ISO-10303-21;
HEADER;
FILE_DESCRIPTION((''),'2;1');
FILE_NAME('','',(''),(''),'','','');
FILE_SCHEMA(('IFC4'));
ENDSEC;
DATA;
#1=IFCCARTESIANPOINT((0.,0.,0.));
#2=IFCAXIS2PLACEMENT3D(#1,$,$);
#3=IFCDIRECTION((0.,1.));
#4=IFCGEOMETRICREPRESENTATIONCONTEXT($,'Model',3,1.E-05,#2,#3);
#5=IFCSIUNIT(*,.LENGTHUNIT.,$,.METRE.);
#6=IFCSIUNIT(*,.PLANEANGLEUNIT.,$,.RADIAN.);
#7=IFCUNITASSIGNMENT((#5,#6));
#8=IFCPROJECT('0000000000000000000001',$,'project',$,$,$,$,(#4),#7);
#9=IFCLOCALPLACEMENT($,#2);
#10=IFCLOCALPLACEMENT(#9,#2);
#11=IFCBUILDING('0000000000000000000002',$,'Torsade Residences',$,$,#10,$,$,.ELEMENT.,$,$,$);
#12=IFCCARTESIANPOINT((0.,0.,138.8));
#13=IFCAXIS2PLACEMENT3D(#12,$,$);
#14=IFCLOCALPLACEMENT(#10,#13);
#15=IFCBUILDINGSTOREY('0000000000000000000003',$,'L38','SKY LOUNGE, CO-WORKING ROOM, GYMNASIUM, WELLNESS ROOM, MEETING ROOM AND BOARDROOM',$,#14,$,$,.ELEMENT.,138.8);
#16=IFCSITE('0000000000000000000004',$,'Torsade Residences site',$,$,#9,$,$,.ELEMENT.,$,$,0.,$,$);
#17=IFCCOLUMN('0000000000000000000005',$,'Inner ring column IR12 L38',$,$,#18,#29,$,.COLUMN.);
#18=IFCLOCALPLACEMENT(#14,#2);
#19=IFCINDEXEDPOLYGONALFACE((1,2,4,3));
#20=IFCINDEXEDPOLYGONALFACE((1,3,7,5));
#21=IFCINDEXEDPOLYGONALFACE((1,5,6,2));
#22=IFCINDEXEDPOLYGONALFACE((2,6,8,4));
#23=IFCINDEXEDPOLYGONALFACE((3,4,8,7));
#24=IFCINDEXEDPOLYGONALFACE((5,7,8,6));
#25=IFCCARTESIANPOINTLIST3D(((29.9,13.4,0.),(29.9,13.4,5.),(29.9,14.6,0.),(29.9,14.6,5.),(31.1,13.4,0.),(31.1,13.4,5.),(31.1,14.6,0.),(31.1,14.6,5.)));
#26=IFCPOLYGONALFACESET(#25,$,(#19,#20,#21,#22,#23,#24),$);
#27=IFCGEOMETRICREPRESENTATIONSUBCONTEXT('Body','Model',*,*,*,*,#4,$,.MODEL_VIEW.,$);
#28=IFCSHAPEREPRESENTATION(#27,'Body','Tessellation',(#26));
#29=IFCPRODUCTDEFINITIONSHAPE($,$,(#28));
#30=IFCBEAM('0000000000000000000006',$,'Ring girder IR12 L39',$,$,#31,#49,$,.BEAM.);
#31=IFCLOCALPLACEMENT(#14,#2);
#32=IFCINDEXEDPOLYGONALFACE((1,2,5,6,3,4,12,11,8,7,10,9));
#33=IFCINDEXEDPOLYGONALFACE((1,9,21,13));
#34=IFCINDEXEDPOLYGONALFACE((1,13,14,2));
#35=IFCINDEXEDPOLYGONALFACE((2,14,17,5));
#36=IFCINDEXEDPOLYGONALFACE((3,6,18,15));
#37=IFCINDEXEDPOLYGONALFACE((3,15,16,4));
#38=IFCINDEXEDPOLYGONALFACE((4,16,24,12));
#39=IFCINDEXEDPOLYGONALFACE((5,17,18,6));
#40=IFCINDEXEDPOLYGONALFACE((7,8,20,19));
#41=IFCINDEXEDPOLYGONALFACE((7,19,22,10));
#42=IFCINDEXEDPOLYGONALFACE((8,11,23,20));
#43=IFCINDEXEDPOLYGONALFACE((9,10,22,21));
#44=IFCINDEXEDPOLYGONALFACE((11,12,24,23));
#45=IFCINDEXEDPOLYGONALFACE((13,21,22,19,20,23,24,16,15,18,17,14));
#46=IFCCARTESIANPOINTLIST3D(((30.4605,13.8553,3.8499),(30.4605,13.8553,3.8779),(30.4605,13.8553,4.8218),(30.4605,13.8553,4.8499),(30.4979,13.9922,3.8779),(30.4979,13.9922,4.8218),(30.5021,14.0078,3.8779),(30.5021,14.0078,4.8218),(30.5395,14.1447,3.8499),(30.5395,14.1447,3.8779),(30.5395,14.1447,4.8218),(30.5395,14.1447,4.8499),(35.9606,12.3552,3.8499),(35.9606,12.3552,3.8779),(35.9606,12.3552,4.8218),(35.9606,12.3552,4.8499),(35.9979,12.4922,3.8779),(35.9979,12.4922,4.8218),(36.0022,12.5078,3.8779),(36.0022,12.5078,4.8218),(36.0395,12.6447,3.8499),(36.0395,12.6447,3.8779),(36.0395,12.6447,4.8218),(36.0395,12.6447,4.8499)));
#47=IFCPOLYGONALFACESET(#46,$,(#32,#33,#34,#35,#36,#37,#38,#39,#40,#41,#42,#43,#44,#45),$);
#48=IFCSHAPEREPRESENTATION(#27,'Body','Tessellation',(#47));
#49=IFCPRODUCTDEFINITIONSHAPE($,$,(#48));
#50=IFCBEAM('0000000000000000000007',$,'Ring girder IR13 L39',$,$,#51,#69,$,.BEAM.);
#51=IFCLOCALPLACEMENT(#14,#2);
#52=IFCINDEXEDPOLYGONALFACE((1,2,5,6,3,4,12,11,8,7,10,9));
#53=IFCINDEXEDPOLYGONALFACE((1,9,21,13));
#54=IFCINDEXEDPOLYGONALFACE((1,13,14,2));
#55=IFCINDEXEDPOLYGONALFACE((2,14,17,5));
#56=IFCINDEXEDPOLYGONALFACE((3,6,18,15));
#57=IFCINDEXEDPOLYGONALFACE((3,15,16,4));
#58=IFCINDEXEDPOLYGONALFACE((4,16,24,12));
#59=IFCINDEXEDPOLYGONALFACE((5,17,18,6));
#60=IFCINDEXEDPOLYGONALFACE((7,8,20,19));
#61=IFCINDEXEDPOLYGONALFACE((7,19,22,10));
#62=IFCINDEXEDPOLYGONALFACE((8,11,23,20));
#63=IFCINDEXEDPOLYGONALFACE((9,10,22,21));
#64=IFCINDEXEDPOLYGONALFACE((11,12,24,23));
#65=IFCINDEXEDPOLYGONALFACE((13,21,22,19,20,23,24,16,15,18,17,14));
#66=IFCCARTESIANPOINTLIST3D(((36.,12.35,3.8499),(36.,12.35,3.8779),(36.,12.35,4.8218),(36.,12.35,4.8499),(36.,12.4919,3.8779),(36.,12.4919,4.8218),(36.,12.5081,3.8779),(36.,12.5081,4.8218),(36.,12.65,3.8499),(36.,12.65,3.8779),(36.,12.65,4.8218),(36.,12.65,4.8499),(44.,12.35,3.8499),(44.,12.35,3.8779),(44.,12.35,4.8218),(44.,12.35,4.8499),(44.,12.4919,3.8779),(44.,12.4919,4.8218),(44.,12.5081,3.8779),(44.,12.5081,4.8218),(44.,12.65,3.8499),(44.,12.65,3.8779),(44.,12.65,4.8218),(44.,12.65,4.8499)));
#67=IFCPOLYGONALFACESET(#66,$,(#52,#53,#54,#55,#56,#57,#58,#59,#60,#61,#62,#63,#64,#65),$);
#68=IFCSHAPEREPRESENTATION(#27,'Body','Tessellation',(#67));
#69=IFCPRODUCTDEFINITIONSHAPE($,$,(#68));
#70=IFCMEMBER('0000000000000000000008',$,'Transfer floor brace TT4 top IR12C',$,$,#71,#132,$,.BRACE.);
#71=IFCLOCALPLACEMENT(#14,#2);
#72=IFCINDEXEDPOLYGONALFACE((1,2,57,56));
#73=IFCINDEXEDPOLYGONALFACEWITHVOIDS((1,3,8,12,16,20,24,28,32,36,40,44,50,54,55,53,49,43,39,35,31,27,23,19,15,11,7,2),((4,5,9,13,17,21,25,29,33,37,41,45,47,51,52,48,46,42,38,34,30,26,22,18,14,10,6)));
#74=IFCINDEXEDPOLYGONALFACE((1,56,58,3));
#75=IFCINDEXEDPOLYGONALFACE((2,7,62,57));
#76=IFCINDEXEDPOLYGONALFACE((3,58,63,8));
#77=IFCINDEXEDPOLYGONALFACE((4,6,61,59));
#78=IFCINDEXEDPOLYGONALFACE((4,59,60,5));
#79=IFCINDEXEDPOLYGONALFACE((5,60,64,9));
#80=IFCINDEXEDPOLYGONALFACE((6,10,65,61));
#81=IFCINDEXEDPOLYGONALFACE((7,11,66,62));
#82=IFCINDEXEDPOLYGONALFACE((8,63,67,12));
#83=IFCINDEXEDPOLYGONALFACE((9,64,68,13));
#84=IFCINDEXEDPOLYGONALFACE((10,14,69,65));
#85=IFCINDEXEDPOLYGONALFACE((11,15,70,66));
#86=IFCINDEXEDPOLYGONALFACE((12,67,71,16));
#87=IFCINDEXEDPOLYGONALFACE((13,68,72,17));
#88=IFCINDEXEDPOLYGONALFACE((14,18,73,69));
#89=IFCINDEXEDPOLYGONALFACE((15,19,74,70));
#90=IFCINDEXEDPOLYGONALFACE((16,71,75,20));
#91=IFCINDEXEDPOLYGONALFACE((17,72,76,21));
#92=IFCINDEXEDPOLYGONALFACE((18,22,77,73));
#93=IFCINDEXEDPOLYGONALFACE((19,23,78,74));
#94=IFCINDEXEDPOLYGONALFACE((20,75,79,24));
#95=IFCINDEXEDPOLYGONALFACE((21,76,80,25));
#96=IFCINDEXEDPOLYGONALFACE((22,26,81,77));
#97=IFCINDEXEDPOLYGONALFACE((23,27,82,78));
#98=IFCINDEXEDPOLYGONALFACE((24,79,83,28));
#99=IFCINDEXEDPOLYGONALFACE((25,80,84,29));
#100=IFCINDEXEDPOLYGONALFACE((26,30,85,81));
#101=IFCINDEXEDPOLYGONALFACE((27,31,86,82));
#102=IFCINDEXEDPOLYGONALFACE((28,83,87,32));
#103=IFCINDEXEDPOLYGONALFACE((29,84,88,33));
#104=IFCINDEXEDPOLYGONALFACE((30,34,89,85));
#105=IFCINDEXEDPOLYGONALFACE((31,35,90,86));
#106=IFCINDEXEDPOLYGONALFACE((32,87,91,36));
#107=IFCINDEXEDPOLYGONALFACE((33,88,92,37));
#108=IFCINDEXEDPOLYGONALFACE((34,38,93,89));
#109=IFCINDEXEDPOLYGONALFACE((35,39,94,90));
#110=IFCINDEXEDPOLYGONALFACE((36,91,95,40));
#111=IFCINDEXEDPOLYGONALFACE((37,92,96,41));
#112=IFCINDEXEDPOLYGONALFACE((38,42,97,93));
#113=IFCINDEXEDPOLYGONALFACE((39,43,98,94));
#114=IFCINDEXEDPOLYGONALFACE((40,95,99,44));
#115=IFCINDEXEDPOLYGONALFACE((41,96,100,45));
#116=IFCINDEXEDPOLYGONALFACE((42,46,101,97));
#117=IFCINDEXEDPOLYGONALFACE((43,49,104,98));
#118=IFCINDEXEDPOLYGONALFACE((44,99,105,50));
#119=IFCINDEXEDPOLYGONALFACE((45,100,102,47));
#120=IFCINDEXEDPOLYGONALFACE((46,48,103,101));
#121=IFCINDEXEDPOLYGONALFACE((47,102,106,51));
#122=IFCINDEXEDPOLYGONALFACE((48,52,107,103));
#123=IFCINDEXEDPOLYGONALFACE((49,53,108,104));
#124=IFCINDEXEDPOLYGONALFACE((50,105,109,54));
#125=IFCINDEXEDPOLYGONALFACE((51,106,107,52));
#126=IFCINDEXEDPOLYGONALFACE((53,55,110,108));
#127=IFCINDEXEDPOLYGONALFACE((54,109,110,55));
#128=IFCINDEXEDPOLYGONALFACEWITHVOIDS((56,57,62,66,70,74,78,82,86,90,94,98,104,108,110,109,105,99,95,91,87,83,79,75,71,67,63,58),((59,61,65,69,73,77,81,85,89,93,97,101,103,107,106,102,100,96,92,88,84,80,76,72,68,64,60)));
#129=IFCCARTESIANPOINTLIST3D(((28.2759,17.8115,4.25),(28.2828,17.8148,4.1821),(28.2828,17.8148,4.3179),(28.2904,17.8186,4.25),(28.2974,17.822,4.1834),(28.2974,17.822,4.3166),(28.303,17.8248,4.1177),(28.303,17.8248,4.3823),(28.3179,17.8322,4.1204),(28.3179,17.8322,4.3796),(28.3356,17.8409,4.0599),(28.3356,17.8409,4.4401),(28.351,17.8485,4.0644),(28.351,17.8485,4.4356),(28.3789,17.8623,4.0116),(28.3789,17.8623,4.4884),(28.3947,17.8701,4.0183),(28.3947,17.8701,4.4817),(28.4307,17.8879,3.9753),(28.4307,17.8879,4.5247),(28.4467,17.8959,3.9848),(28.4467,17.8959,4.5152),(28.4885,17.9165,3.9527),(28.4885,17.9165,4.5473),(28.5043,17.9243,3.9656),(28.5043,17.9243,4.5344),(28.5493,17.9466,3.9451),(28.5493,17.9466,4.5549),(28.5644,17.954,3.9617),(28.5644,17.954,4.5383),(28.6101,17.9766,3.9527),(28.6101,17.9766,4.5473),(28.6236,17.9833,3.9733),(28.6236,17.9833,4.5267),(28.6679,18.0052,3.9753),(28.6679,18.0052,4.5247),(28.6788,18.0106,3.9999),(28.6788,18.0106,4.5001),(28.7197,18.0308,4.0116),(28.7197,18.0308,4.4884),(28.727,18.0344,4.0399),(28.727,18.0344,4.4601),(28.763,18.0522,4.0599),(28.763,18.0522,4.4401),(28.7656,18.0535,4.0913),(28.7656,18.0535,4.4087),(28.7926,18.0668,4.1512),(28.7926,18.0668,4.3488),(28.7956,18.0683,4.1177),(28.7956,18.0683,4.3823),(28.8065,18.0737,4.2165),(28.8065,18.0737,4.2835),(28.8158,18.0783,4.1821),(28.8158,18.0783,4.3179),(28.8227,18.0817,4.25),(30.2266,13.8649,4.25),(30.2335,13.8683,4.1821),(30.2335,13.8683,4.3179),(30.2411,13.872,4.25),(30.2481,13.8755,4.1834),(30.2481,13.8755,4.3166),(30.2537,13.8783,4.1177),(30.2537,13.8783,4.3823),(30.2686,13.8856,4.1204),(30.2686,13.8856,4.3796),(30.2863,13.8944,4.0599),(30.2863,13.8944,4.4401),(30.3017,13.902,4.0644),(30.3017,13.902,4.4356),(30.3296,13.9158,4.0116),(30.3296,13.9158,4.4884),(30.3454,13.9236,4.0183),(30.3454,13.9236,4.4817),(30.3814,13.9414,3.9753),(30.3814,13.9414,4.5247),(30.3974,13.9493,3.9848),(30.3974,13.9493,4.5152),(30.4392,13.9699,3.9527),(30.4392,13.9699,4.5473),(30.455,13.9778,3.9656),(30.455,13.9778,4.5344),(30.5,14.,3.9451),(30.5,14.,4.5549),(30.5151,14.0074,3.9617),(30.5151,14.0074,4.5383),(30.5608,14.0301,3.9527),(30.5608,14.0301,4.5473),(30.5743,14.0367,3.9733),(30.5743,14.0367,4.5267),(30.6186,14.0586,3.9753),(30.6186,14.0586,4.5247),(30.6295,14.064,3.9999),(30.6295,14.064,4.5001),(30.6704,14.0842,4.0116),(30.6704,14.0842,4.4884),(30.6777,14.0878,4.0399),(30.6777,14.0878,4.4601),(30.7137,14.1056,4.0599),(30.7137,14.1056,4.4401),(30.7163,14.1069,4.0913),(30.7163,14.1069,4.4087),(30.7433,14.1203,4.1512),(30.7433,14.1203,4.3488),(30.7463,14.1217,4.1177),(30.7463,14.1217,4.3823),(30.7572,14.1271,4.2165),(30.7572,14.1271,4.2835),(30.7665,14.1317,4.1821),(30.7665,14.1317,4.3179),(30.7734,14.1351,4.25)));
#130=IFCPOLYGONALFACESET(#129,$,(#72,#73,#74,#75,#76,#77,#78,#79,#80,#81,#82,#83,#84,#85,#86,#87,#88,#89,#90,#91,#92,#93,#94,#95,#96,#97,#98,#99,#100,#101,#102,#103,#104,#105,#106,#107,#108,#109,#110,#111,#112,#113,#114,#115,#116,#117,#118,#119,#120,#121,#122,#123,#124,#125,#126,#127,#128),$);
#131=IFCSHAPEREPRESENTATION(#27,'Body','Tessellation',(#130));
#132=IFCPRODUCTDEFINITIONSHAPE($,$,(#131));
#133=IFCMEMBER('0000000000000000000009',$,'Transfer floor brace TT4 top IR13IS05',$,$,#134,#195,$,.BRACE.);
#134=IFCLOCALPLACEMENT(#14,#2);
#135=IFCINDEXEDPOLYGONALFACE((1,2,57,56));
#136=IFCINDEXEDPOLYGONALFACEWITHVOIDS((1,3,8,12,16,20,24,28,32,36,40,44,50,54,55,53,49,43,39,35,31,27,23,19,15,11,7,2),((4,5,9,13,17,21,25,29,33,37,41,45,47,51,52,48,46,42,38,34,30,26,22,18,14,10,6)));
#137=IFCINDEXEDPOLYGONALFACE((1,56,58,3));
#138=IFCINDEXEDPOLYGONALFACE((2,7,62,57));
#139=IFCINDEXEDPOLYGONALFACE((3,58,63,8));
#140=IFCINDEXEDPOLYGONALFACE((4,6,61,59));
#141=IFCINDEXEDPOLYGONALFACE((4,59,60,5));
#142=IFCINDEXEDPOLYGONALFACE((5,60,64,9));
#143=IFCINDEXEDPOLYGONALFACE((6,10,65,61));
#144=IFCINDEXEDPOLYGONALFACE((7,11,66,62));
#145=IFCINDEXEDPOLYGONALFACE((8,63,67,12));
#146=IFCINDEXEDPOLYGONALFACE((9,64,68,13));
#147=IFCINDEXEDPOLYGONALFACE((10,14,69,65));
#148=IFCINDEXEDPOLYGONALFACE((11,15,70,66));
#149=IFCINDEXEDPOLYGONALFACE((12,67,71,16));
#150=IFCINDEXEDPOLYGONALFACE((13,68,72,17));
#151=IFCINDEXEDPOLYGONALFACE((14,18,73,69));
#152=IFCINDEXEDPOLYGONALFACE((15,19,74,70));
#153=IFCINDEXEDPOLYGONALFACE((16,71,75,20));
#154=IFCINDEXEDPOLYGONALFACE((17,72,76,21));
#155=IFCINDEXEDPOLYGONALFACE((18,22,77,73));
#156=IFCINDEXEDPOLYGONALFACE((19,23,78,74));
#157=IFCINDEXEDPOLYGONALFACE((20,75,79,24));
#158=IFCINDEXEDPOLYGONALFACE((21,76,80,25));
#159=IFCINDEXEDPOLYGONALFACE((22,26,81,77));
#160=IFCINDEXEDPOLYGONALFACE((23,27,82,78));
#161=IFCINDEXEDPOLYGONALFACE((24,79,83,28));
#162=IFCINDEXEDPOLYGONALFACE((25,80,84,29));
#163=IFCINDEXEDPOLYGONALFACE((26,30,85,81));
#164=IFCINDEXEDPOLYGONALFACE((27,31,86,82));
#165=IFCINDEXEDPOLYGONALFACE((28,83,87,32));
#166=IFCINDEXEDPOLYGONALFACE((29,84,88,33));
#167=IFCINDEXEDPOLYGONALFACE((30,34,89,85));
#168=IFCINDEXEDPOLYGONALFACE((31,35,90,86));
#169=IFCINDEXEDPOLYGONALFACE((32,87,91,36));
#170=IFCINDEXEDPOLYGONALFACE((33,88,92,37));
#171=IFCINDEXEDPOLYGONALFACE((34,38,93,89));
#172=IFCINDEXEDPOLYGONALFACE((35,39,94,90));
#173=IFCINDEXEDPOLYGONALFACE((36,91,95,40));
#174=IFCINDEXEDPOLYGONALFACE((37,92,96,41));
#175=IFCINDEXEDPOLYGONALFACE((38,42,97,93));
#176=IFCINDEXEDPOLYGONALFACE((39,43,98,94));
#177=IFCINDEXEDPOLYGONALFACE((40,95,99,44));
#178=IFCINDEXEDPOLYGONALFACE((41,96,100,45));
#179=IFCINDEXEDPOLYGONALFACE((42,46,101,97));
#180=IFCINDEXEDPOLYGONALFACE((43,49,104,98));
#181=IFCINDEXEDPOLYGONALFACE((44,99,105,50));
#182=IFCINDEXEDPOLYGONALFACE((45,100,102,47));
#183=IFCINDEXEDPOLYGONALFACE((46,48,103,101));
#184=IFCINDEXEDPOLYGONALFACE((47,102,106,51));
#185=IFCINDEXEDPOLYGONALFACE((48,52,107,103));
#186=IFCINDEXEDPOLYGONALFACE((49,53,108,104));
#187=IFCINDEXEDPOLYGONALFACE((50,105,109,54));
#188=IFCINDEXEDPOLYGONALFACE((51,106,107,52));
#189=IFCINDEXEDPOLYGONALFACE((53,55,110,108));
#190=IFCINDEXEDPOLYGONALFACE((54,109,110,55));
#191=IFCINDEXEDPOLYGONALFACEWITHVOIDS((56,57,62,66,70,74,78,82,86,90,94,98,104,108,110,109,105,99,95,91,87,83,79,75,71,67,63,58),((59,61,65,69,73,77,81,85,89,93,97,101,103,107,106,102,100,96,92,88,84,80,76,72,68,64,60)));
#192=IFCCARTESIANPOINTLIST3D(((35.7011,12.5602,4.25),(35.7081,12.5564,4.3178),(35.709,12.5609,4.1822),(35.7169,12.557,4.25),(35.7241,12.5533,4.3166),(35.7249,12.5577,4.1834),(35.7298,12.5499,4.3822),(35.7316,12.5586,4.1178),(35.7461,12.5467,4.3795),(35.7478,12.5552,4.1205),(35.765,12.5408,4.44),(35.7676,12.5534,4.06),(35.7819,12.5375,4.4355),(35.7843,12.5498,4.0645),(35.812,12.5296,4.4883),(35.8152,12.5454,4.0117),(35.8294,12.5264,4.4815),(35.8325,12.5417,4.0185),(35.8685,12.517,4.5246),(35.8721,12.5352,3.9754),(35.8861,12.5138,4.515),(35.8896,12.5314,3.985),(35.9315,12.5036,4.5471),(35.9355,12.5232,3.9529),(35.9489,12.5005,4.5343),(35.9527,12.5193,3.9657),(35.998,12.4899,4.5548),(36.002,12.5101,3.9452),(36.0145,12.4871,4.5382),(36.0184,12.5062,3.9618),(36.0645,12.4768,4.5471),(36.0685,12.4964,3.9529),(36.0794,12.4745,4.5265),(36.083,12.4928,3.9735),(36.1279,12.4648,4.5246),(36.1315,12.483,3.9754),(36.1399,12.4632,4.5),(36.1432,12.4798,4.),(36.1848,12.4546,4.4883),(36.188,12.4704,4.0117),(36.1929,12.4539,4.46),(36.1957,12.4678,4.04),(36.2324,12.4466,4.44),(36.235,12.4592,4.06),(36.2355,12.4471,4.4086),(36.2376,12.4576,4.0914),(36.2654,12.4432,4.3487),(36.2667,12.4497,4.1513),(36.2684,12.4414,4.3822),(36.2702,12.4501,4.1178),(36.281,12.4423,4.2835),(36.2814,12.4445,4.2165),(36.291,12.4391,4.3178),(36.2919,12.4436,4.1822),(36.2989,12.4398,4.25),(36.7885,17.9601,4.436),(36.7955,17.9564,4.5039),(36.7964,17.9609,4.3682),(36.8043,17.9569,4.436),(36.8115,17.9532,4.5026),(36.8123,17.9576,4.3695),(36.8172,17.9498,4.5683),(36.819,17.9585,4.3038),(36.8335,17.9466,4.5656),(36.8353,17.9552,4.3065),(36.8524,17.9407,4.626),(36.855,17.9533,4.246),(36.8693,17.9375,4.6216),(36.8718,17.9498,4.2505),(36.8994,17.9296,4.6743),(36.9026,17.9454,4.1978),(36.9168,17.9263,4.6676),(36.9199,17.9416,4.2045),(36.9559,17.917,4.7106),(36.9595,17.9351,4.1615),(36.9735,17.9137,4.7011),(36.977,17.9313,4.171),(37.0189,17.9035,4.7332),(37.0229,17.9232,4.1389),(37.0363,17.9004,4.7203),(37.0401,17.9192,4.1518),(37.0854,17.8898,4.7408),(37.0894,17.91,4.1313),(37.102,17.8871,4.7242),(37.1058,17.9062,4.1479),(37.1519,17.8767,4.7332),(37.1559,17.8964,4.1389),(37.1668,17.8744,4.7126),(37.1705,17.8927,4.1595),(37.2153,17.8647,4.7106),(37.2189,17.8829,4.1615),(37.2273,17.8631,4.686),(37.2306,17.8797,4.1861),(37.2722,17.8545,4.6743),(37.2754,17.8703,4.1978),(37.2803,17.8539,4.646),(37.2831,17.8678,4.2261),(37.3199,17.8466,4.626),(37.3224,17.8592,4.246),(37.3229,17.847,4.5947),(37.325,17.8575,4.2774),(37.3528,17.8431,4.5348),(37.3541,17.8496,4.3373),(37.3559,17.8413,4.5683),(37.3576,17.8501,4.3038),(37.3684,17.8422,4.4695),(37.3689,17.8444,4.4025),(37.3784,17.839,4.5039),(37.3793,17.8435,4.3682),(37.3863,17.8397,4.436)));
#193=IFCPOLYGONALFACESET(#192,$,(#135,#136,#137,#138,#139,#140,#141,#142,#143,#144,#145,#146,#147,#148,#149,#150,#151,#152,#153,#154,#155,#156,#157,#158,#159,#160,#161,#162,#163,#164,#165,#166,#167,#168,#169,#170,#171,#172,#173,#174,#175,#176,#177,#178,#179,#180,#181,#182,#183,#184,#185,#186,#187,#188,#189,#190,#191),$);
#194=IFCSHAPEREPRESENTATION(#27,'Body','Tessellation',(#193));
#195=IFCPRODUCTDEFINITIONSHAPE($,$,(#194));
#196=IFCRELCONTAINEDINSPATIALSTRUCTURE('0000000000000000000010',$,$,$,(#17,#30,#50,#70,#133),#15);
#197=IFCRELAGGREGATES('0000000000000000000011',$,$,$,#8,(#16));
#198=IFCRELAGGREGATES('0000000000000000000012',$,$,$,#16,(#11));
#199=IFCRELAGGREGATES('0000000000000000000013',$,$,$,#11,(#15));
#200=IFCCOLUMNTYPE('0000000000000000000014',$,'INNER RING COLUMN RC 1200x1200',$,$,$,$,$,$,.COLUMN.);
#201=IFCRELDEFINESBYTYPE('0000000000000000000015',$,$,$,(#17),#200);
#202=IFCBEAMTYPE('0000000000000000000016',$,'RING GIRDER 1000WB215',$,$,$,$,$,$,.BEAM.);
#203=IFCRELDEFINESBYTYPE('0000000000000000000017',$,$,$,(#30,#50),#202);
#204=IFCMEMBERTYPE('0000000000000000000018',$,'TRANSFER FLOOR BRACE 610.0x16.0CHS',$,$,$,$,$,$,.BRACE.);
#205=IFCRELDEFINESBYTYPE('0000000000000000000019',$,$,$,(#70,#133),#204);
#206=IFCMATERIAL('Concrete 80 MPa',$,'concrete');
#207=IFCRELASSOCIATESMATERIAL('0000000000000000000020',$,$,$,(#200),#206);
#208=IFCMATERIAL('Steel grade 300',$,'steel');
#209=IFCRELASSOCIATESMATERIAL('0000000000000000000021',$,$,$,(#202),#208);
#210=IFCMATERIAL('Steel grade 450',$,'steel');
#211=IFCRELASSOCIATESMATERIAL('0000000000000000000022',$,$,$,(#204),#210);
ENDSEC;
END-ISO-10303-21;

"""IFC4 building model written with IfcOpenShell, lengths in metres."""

from ifc_helpers import new_model, si_unit, direction, frame, origin, origin_2d, place, context, subcontext, project, spatial, rectangle, hollow_circle, i_section, extrude, material, material_profile, profile_set, type_object, element, save


model = new_model("IFC4")

# Units and contexts
model_context = context("Model", 3, precision=1e-05, world=origin(), true_north=direction((0.0, 1.0)))
body_context = subcontext(model_context, "Body", "Model", "MODEL_VIEW")
ifc_project = project(units=[si_unit("LENGTHUNIT", "METRE"), si_unit("PLANEANGLEUNIT", "RADIAN")], contexts=[model_context])

# Site, building, storey
site_placement = place(None, origin())
site = spatial("IfcSite", under=ifc_project, at=site_placement, Name="Torsade Residences site", CompositionType="ELEMENT", RefElevation=0.0)
building_placement = place(site_placement, origin())
building = spatial("IfcBuilding", under=site, at=building_placement, Name="Torsade Residences", CompositionType="ELEMENT")
storey_placement = place(building_placement, frame((0.0, 0.0, 138.8)))
storey = spatial("IfcBuildingStorey", under=building, at=storey_placement, Name="L38", Description="SKY LOUNGE, CO-WORKING ROOM, GYMNASIUM, WELLNESS ROOM, MEETING ROOM AND BOARDROOM", CompositionType="ELEMENT", Elevation=138.8)

# Column
ifc_material_1 = material(Name="Concrete 80 MPa", Category="concrete")
ifc_material_profile_1 = material_profile(ifc_material_1, rectangle(XDim=1.2, YDim=1.2, at=origin_2d()), Name="RC 1200x1200")
ifc_profile_set_1 = profile_set([ifc_material_profile_1], Name="Concrete 80 MPa")
column_type = type_object("IfcColumnType", Name="INNER RING COLUMN RC 1200x1200", PredefinedType="COLUMN", material=ifc_profile_set_1)
column_placement = place(storey_placement, frame((30.5, 14.0, 0.0), z_axis=(0.0, 0.0, 1.0), x_axis=(1.0, 0.0, 0.0)))
element("IfcColumn", 1, at=column_placement, inside=storey, type_object=column_type, Name="Inner ring column IR12 L38", PredefinedType="COLUMN", context=body_context, shape_type="SweptSolid", body=[
    extrude(rectangle(XDim=1.2, YDim=1.2, at=origin_2d()), origin(), (0.0, 0.0, 1.0), 5.0),
])

# Beams
ifc_material_2 = material(Name="Steel grade 300", Category="steel")
ifc_material_profile_2 = material_profile(ifc_material_2, i_section(OverallWidth=0.3, OverallDepth=1.0, WebThickness=0.0161, FlangeThickness=0.0281, at=origin_2d()), Name="1000WB215")
ifc_profile_set_2 = profile_set([ifc_material_profile_2], Name="Steel grade 300")
beam_type = type_object("IfcBeamType", Name="RING GIRDER 1000WB215", PredefinedType="BEAM", material=ifc_profile_set_2)
beam_1_placement = place(storey_placement, frame((30.5, 14.0, 4.3499), z_axis=(0.964764, -0.263117, 0.0), x_axis=(0.263117, 0.964764, 0.0)))
element("IfcBeam", 2, at=beam_1_placement, inside=storey, type_object=beam_type, Name="Ring girder IR12 L39", PredefinedType="BEAM", context=body_context, shape_type="SweptSolid", body=[
    extrude(i_section(OverallWidth=0.3, OverallDepth=1.0, WebThickness=0.0161, FlangeThickness=0.0281, at=origin_2d()), origin(), (0.0, 0.0, 1.0), 5.7009),
])
beam_2_placement = place(storey_placement, frame((36.0, 12.5, 4.3499), z_axis=(1.0, 0.0, 0.0), x_axis=(0.0, 1.0, 0.0)))
element("IfcBeam", 3, at=beam_2_placement, inside=storey, type_object=beam_type, Name="Ring girder IR13 L39", PredefinedType="BEAM", context=body_context, shape_type="SweptSolid", body=[
    extrude(i_section(OverallWidth=0.3, OverallDepth=1.0, WebThickness=0.0161, FlangeThickness=0.0281, at=origin_2d()), origin(), (0.0, 0.0, 1.0), 8.0),
])

# Members
ifc_material_3 = material(Name="Steel grade 450", Category="steel")
ifc_material_profile_3 = material_profile(ifc_material_3, hollow_circle(Radius=0.3049, WallThickness=0.0161, at=origin_2d()), Name="610.0x16.0CHS")
ifc_profile_set_3 = profile_set([ifc_material_profile_3], Name="Steel grade 450")
member_type = type_object("IfcMemberType", Name="TRANSFER FLOOR BRACE 610.0x16.0CHS", PredefinedType="BRACE", material=ifc_profile_set_3)
member_1_placement = place(storey_placement, frame((30.5, 14.0, 4.25), z_axis=(-0.443105, 0.89647, 0.0), x_axis=(-0.89647, -0.443105, 0.0)))
element("IfcMember", 4, at=member_1_placement, inside=storey, type_object=member_type, Name="Transfer floor brace TT4 top IR12C", PredefinedType="BRACE", context=body_context, shape_type="SweptSolid", body=[
    extrude(hollow_circle(Radius=0.3049, WallThickness=0.0161, at=origin_2d()), origin(), (0.0, 0.0, 1.0), 4.4023),
])
member_2_placement = place(storey_placement, frame((36.0, 12.5, 4.25), z_axis=(0.197299, 0.979762, 0.033754), x_axis=(-0.980321, 0.197412, 0.0)))
element("IfcMember", 5, at=member_2_placement, inside=storey, type_object=member_type, Name="Transfer floor brace TT4 top IR13IS05", PredefinedType="BRACE", context=body_context, shape_type="SweptSolid", body=[
    extrude(hollow_circle(Radius=0.3049, WallThickness=0.0161, at=origin_2d()), origin(), (0.0, 0.0, 1.0), 5.5115),
])

save(model, "model.ifc")
